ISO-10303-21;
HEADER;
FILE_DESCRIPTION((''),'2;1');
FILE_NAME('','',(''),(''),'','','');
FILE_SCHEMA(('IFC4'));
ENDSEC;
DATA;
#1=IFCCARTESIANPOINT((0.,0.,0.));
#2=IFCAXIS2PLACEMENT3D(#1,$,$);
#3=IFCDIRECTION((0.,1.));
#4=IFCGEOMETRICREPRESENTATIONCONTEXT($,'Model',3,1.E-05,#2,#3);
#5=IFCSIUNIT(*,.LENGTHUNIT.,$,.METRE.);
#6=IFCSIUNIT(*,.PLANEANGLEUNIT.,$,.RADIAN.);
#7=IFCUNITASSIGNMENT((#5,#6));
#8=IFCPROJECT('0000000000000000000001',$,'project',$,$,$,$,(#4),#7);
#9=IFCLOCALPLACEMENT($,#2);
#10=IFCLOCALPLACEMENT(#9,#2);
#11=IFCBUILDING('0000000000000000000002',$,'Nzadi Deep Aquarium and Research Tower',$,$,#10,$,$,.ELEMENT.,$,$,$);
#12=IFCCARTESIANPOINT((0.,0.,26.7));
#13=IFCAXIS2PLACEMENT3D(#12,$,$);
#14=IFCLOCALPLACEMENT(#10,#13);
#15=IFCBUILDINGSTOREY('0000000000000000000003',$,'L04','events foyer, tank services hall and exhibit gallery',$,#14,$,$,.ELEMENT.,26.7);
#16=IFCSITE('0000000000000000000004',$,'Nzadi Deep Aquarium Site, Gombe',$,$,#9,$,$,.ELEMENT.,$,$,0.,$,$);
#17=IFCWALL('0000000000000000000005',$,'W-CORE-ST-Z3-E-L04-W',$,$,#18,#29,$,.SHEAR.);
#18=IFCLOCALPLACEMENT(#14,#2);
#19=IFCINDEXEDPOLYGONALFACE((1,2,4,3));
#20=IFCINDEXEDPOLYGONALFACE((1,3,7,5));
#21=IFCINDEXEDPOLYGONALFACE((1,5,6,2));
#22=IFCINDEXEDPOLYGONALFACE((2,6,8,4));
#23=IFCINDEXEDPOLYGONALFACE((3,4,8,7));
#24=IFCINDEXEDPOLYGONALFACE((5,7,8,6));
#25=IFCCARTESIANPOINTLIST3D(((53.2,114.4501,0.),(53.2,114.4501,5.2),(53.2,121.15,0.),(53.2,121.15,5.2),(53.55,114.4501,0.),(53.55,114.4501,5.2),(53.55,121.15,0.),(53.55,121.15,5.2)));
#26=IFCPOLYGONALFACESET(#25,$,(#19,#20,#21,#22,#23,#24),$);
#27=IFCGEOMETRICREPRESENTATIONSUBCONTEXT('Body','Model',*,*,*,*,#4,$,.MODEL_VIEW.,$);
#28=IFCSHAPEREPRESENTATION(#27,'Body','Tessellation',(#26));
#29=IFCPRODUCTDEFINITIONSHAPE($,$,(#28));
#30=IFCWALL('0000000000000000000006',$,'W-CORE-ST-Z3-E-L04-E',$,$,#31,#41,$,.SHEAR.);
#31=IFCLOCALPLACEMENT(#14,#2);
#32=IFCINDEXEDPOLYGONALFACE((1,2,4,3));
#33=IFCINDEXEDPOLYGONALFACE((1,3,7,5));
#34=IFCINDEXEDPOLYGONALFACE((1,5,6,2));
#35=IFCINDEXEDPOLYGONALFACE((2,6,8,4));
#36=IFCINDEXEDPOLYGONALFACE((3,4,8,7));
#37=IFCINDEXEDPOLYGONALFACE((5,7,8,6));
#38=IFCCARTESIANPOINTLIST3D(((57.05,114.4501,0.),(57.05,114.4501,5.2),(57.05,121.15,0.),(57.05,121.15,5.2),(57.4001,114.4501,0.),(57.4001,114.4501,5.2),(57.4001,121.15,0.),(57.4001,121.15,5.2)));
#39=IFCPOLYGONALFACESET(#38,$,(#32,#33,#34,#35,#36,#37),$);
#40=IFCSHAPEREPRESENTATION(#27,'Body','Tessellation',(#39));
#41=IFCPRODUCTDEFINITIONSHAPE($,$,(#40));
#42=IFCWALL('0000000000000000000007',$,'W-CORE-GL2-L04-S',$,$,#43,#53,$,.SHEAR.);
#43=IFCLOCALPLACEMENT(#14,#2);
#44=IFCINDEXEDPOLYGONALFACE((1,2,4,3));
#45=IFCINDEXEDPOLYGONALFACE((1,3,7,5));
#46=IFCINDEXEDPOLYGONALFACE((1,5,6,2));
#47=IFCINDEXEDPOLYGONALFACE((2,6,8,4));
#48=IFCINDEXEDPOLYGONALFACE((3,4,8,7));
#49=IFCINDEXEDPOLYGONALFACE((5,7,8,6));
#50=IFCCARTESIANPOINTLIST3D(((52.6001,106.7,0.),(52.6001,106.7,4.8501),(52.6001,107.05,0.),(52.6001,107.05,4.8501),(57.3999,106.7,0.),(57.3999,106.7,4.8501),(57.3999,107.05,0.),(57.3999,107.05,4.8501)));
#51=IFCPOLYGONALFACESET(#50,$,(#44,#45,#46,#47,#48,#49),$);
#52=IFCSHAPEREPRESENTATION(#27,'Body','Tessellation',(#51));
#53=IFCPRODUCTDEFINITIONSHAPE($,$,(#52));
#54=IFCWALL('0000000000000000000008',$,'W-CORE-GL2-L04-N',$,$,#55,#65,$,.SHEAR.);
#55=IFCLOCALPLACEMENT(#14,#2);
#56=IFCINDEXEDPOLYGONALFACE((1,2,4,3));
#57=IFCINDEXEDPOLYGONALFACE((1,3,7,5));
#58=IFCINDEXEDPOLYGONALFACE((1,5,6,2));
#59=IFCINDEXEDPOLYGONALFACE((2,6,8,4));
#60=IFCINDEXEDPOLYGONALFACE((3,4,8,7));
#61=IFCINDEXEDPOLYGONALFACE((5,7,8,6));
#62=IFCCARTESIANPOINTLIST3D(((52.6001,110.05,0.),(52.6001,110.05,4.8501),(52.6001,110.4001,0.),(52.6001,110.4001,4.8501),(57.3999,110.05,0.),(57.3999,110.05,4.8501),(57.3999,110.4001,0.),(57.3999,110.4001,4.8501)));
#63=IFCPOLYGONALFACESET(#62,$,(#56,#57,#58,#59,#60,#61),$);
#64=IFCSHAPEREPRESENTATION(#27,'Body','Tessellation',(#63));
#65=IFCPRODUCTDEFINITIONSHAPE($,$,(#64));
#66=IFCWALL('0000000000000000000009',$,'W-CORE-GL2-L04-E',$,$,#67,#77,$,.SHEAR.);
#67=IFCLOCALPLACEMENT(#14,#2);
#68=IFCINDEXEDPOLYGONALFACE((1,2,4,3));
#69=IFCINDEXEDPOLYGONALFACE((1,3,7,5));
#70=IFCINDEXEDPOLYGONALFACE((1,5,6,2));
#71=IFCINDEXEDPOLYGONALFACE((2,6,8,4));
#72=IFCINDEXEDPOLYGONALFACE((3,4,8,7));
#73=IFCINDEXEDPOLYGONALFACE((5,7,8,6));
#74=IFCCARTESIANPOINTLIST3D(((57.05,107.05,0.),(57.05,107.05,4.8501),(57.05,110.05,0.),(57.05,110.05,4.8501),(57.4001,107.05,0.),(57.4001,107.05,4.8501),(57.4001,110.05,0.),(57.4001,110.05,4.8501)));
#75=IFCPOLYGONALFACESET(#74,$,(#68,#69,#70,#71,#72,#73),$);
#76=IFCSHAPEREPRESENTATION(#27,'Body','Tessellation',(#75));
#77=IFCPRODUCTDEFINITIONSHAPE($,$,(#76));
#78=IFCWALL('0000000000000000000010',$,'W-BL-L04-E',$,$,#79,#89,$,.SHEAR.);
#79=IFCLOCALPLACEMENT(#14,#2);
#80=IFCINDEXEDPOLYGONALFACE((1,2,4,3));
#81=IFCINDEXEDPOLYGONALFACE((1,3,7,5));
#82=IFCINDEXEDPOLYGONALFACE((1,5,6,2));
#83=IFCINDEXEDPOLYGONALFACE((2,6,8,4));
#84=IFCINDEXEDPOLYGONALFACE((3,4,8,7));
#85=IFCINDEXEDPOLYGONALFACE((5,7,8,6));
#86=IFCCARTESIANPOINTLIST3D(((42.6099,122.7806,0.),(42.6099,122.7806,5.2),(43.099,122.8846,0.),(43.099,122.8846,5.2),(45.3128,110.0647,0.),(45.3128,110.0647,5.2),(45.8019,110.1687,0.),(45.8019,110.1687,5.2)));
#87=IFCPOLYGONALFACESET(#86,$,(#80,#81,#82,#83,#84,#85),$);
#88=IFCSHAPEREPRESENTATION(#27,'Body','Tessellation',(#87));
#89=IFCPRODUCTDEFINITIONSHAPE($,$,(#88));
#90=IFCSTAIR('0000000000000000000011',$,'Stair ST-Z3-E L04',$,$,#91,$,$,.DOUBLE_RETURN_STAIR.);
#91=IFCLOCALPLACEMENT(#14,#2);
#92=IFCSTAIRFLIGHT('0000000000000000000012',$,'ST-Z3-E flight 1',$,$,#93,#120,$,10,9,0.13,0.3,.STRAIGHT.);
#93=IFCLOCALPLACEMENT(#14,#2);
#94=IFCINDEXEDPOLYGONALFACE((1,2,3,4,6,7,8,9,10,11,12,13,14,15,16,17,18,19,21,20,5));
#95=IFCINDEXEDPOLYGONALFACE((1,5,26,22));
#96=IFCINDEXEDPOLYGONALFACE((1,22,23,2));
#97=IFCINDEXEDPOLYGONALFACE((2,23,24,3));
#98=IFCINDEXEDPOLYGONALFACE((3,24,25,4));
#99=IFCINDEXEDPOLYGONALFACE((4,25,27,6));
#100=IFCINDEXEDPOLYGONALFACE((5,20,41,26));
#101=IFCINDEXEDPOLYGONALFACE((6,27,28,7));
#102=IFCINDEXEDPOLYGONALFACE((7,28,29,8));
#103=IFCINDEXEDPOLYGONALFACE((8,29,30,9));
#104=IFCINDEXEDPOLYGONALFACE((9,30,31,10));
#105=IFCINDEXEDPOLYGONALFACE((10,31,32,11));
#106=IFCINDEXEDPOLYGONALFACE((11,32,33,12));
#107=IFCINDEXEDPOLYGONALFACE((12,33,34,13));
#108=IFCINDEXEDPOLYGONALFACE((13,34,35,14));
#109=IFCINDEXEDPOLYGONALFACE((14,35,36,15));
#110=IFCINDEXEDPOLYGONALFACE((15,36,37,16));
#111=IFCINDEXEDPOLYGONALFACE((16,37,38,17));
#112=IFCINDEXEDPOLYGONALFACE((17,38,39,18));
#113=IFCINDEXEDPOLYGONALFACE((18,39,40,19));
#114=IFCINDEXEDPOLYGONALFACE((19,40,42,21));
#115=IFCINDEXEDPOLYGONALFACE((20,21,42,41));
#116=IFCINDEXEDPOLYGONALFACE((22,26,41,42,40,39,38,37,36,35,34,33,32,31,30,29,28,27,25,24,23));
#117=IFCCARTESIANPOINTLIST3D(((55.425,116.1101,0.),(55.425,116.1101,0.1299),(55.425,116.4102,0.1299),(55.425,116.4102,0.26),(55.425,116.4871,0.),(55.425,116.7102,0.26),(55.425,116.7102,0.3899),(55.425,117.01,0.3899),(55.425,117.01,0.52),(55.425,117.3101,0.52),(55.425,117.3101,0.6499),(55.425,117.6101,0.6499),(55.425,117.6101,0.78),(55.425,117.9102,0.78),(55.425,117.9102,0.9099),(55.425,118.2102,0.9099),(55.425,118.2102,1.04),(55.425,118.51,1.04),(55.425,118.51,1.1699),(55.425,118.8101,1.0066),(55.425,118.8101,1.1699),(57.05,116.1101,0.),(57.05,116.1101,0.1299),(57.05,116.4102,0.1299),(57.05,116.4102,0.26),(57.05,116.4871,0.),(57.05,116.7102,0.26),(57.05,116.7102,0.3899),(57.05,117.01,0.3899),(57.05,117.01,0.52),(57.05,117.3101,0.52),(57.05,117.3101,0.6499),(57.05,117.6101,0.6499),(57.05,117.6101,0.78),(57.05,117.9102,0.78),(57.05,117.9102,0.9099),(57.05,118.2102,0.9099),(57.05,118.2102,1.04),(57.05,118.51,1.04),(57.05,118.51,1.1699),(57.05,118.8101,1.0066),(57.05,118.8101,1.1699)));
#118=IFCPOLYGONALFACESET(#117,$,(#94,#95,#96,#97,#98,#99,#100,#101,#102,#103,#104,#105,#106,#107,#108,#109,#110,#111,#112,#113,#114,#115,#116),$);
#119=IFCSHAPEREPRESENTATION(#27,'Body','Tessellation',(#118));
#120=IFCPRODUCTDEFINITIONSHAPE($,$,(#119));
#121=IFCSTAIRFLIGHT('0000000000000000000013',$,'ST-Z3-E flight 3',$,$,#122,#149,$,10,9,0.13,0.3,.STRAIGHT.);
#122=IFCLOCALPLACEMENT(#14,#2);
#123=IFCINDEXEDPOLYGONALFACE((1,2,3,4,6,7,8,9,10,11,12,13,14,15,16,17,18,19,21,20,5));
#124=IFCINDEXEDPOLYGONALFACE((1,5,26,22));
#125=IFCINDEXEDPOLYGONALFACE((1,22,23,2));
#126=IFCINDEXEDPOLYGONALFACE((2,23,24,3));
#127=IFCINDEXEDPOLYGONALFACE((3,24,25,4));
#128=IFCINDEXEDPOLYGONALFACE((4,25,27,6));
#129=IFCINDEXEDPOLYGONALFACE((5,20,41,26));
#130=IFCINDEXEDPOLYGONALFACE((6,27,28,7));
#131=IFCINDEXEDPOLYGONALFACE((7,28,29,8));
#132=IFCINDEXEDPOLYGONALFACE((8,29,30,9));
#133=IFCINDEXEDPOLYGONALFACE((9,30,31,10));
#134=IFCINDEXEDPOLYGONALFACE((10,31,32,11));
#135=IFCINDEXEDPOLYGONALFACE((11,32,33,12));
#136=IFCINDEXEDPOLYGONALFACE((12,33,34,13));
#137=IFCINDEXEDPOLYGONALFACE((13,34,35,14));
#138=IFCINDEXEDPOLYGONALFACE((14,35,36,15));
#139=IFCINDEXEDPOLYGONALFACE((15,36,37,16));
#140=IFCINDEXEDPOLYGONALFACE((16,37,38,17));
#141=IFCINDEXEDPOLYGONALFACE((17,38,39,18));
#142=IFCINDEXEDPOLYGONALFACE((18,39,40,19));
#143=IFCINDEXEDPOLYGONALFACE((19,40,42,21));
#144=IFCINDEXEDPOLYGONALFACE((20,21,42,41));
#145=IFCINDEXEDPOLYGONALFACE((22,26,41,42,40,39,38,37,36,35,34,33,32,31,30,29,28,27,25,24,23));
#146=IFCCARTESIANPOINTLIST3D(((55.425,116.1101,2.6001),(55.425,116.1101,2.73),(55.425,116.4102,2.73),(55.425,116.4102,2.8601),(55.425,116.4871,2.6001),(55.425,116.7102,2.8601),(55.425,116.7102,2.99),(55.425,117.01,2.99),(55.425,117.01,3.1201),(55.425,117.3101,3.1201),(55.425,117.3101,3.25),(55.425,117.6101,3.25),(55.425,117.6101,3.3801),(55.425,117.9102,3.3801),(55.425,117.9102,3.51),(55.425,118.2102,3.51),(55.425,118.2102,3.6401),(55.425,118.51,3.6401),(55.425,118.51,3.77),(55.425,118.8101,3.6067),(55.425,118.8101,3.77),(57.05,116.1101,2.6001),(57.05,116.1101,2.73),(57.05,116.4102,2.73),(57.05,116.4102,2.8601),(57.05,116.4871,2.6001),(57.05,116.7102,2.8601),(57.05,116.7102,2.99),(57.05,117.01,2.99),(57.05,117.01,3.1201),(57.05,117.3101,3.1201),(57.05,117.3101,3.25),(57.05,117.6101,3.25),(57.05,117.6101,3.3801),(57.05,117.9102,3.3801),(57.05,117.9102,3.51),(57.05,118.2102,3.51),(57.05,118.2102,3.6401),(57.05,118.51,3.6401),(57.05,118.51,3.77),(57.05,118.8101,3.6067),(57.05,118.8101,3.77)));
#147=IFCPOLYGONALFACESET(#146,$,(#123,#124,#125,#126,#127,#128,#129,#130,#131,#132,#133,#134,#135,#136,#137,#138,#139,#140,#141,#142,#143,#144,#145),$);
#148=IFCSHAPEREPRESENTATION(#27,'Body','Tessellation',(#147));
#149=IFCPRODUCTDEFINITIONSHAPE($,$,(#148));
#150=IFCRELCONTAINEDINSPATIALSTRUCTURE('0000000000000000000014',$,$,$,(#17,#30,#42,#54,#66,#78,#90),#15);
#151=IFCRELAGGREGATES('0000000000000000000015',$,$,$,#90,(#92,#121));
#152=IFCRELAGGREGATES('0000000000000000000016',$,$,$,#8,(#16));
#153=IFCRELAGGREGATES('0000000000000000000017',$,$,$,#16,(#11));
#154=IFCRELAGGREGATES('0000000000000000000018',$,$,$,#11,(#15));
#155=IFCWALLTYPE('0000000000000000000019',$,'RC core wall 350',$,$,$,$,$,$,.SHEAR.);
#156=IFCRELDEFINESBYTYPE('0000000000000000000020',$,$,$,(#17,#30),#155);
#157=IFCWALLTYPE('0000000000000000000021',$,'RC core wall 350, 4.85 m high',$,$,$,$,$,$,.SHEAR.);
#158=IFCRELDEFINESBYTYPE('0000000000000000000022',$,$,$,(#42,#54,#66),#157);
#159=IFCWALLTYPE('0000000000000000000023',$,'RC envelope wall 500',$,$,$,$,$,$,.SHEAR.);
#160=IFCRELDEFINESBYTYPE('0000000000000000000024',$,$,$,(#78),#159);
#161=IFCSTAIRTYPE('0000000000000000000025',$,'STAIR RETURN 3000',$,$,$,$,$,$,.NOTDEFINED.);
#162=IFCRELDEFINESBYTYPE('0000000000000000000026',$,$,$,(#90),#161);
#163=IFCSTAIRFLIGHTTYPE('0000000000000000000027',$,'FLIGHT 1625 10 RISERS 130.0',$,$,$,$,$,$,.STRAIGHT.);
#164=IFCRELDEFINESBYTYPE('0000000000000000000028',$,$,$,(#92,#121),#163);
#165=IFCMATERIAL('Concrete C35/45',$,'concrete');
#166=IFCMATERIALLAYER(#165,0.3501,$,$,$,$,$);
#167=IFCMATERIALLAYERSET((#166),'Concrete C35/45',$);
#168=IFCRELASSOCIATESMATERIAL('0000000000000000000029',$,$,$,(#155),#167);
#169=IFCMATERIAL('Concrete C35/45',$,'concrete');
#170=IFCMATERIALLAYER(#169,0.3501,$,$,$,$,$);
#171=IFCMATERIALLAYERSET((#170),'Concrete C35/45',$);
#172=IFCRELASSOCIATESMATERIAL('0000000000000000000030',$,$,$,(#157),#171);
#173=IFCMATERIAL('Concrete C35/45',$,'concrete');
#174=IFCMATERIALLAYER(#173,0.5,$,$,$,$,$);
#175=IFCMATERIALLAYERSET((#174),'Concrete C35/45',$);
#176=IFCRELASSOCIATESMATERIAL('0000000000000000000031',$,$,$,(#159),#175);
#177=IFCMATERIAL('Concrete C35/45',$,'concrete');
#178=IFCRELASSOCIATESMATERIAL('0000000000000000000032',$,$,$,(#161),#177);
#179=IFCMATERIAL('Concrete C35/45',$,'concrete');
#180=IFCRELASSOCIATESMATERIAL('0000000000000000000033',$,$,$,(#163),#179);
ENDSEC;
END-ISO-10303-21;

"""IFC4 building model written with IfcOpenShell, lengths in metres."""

from ifc_helpers import new_model, si_unit, direction, frame, frame_2d, origin, place, context, subcontext, project, spatial, polyline, rectangle, outline, extrude, material, layer, layer_set, type_object, element, aggregate, save


model = new_model("IFC4")

# Units and contexts
model_context = context("Model", 3, precision=1e-05, world=origin(), true_north=direction((0.0, 1.0)))
body_context = subcontext(model_context, "Body", "Model", "MODEL_VIEW")
ifc_project = project(units=[si_unit("LENGTHUNIT", "METRE"), si_unit("PLANEANGLEUNIT", "RADIAN")], contexts=[model_context])

# Site, building, storey
site_placement = place(None, origin())
site = spatial("IfcSite", under=ifc_project, at=site_placement, Name="Nzadi Deep Aquarium Site, Gombe", CompositionType="ELEMENT", RefElevation=0.0)
building_placement = place(site_placement, origin())
building = spatial("IfcBuilding", under=site, at=building_placement, Name="Nzadi Deep Aquarium and Research Tower", CompositionType="ELEMENT")
storey_placement = place(building_placement, frame((0.0, 0.0, 26.7)))
storey = spatial("IfcBuildingStorey", under=building, at=storey_placement, Name="L04", Description="events foyer, tank services hall and exhibit gallery", CompositionType="ELEMENT", Elevation=26.7)

# Shared definitions
ifc_material_1 = material(Name="Concrete C35/45", Category="concrete")
ifc_layer_1 = layer(ifc_material_1, 0.3501)
ifc_layer_set_1 = layer_set([ifc_layer_1], Name="Concrete C35/45")
wall_type_1 = type_object("IfcWallType", Name="RC core wall 350", PredefinedType="SHEAR", material=ifc_layer_set_1)

# Walls
for number, where, z_axis, x_axis, name in (
    (1, (53.375, 114.45, 0.0), (0.0, 0.0, 1.0), (0.0, 1.0, 0.0), "W-CORE-ST-Z3-E-L04-W"),
    (2, (57.2251, 114.45, 0.0), (0.0, 0.0, 1.0), (0.0, 1.0, 0.0), "W-CORE-ST-Z3-E-L04-E"),
):
    element("IfcWall", number, at=place(storey_placement, frame(where, z_axis=z_axis, x_axis=x_axis)), inside=storey, type_object=wall_type_1, Name=name, PredefinedType="SHEAR", context=body_context, shape_type="SweptSolid", body=[
        extrude(rectangle(XDim=6.7, YDim=0.3501, at=frame_2d((3.3501, 0.0))), origin(), (0.0, 0.0, 1.0), 5.2),
    ])
ifc_material_2 = material(Name="Concrete C35/45", Category="concrete")
ifc_layer_2 = layer(ifc_material_2, 0.3501)
ifc_layer_set_2 = layer_set([ifc_layer_2], Name="Concrete C35/45")
wall_type_2 = type_object("IfcWallType", Name="RC core wall 350, 4.85 m high", PredefinedType="SHEAR", material=ifc_layer_set_2)
for number, where, z_axis, x_axis, name in (
    (3, (52.6001, 106.875, 0.0), (0.0, 0.0, 1.0), (1.0, 0.0, 0.0), "W-CORE-GL2-L04-S"),
    (4, (52.6001, 110.2251, 0.0), (0.0, 0.0, 1.0), (1.0, 0.0, 0.0), "W-CORE-GL2-L04-N"),
):
    element("IfcWall", number, at=place(storey_placement, frame(where, z_axis=z_axis, x_axis=x_axis)), inside=storey, type_object=wall_type_2, Name=name, PredefinedType="SHEAR", context=body_context, shape_type="SweptSolid", body=[
        extrude(rectangle(XDim=4.7998, YDim=0.3501, at=frame_2d((2.3999, 0.0))), origin(), (0.0, 0.0, 1.0), 4.8501),
    ])

# Walls
wall_1_placement = place(storey_placement, frame((57.2251, 107.05, 0.0), z_axis=(0.0, 0.0, 1.0), x_axis=(0.0, 1.0, 0.0)))
element("IfcWall", 5, at=wall_1_placement, inside=storey, type_object=wall_type_2, Name="W-CORE-GL2-L04-E", PredefinedType="SHEAR", context=body_context, shape_type="SweptSolid", body=[
    extrude(rectangle(XDim=3.0, YDim=0.3501, at=frame_2d((1.5, 0.0))), origin(), (0.0, 0.0, 1.0), 4.8501),
])
ifc_material_3 = material(Name="Concrete C35/45", Category="concrete")
ifc_layer_3 = layer(ifc_material_3, 0.5)
ifc_layer_set_3 = layer_set([ifc_layer_3], Name="Concrete C35/45")
wall_type_3 = type_object("IfcWallType", Name="RC envelope wall 500", PredefinedType="SHEAR", material=ifc_layer_set_3)
wall_2_placement = place(storey_placement, frame((45.5574, 110.1167, 0.0), z_axis=(0.0, 0.0, 1.0), x_axis=(-0.207915, 0.978147, 0.0)))
element("IfcWall", 6, at=wall_2_placement, inside=storey, type_object=wall_type_3, Name="W-BL-L04-E", PredefinedType="SHEAR", context=body_context, shape_type="SweptSolid", body=[
    extrude(rectangle(XDim=13.0, YDim=0.5, at=frame_2d((6.5, 0.0))), origin(), (0.0, 0.0, 1.0), 5.2),
])

# Stair, stair flights
ifc_material_4 = material(Name="Concrete C35/45", Category="concrete")
stair_type = type_object("IfcStairType", Name="STAIR RETURN 3000", PredefinedType="NOTDEFINED", material=ifc_material_4)
stair_placement = place(storey_placement, origin())
stair = element("IfcStair", 7, at=stair_placement, inside=storey, type_object=stair_type, Name="Stair ST-Z3-E L04", PredefinedType="DOUBLE_RETURN_STAIR")
ifc_material_5 = material(Name="Concrete C35/45", Category="concrete")
stair_flight_type = type_object("IfcStairFlightType", Name="FLIGHT 1625 10 RISERS 130.0", PredefinedType="STRAIGHT", material=ifc_material_5)
stair_flight_1_placement = place(storey_placement, frame((56.2375, 116.1101, 0.0), z_axis=(0.0, 0.0, 1.0), x_axis=(0.0, 1.0, 0.0)))
stair_flight_1 = element("IfcStairFlight", 8, at=stair_flight_1_placement, type_object=stair_flight_type, Name="ST-Z3-E flight 1", NumberOfRisers=10, NumberOfTreads=9, PredefinedType="STRAIGHT", RiserHeight=0.13, TreadLength=0.3, context=body_context, shape_type="SweptSolid", body=[
    extrude(outline(polyline([(0.0, 0.0), (0.0, 0.1299), (0.3, 0.1299), (0.3, 0.26), (0.6001, 0.26), (0.6001, 0.3899), (0.8999, 0.3899), (0.8999, 0.52), (1.2, 0.52), (1.2, 0.6499), (1.5, 0.6499), (1.5, 0.78), (1.8, 0.78), (1.8, 0.9099), (2.1001, 0.9099), (2.1001, 1.04), (2.3999, 1.04), (2.3999, 1.1699), (2.7, 1.1699), (2.7, 1.3), (2.7, 1.0066), (0.377, 0.0), (0.0, 0.0)])), frame((0.0, 0.8125, 0.0), z_axis=(0.0, -1.0, 0.0), x_axis=(1.0, 0.0, 0.0)), (0.0, 0.0, 1.0), 1.625),
])
stair_flight_2_placement = place(storey_placement, frame((56.2375, 116.1101, 2.6001), z_axis=(0.0, 0.0, 1.0), x_axis=(0.0, 1.0, 0.0)))
stair_flight_2 = element("IfcStairFlight", 9, at=stair_flight_2_placement, type_object=stair_flight_type, Name="ST-Z3-E flight 3", NumberOfRisers=10, NumberOfTreads=9, PredefinedType="STRAIGHT", RiserHeight=0.13, TreadLength=0.3, context=body_context, shape_type="SweptSolid", body=[
    extrude(outline(polyline([(0.0, 0.0), (0.0, 0.1299), (0.3, 0.1299), (0.3, 0.26), (0.6001, 0.26), (0.6001, 0.3899), (0.8999, 0.3899), (0.8999, 0.52), (1.2, 0.52), (1.2, 0.6499), (1.5, 0.6499), (1.5, 0.78), (1.8, 0.78), (1.8, 0.9099), (2.1001, 0.9099), (2.1001, 1.04), (2.3999, 1.04), (2.3999, 1.1699), (2.7, 1.1699), (2.7, 1.3), (2.7, 1.0066), (0.377, 0.0), (0.0, 0.0)])), frame((0.0, 0.8125, 0.0), z_axis=(0.0, -1.0, 0.0), x_axis=(1.0, 0.0, 0.0)), (0.0, 0.0, 1.0), 1.625),
])
aggregate(stair, [stair_flight_1, stair_flight_2])

save(model, "model.ifc")
